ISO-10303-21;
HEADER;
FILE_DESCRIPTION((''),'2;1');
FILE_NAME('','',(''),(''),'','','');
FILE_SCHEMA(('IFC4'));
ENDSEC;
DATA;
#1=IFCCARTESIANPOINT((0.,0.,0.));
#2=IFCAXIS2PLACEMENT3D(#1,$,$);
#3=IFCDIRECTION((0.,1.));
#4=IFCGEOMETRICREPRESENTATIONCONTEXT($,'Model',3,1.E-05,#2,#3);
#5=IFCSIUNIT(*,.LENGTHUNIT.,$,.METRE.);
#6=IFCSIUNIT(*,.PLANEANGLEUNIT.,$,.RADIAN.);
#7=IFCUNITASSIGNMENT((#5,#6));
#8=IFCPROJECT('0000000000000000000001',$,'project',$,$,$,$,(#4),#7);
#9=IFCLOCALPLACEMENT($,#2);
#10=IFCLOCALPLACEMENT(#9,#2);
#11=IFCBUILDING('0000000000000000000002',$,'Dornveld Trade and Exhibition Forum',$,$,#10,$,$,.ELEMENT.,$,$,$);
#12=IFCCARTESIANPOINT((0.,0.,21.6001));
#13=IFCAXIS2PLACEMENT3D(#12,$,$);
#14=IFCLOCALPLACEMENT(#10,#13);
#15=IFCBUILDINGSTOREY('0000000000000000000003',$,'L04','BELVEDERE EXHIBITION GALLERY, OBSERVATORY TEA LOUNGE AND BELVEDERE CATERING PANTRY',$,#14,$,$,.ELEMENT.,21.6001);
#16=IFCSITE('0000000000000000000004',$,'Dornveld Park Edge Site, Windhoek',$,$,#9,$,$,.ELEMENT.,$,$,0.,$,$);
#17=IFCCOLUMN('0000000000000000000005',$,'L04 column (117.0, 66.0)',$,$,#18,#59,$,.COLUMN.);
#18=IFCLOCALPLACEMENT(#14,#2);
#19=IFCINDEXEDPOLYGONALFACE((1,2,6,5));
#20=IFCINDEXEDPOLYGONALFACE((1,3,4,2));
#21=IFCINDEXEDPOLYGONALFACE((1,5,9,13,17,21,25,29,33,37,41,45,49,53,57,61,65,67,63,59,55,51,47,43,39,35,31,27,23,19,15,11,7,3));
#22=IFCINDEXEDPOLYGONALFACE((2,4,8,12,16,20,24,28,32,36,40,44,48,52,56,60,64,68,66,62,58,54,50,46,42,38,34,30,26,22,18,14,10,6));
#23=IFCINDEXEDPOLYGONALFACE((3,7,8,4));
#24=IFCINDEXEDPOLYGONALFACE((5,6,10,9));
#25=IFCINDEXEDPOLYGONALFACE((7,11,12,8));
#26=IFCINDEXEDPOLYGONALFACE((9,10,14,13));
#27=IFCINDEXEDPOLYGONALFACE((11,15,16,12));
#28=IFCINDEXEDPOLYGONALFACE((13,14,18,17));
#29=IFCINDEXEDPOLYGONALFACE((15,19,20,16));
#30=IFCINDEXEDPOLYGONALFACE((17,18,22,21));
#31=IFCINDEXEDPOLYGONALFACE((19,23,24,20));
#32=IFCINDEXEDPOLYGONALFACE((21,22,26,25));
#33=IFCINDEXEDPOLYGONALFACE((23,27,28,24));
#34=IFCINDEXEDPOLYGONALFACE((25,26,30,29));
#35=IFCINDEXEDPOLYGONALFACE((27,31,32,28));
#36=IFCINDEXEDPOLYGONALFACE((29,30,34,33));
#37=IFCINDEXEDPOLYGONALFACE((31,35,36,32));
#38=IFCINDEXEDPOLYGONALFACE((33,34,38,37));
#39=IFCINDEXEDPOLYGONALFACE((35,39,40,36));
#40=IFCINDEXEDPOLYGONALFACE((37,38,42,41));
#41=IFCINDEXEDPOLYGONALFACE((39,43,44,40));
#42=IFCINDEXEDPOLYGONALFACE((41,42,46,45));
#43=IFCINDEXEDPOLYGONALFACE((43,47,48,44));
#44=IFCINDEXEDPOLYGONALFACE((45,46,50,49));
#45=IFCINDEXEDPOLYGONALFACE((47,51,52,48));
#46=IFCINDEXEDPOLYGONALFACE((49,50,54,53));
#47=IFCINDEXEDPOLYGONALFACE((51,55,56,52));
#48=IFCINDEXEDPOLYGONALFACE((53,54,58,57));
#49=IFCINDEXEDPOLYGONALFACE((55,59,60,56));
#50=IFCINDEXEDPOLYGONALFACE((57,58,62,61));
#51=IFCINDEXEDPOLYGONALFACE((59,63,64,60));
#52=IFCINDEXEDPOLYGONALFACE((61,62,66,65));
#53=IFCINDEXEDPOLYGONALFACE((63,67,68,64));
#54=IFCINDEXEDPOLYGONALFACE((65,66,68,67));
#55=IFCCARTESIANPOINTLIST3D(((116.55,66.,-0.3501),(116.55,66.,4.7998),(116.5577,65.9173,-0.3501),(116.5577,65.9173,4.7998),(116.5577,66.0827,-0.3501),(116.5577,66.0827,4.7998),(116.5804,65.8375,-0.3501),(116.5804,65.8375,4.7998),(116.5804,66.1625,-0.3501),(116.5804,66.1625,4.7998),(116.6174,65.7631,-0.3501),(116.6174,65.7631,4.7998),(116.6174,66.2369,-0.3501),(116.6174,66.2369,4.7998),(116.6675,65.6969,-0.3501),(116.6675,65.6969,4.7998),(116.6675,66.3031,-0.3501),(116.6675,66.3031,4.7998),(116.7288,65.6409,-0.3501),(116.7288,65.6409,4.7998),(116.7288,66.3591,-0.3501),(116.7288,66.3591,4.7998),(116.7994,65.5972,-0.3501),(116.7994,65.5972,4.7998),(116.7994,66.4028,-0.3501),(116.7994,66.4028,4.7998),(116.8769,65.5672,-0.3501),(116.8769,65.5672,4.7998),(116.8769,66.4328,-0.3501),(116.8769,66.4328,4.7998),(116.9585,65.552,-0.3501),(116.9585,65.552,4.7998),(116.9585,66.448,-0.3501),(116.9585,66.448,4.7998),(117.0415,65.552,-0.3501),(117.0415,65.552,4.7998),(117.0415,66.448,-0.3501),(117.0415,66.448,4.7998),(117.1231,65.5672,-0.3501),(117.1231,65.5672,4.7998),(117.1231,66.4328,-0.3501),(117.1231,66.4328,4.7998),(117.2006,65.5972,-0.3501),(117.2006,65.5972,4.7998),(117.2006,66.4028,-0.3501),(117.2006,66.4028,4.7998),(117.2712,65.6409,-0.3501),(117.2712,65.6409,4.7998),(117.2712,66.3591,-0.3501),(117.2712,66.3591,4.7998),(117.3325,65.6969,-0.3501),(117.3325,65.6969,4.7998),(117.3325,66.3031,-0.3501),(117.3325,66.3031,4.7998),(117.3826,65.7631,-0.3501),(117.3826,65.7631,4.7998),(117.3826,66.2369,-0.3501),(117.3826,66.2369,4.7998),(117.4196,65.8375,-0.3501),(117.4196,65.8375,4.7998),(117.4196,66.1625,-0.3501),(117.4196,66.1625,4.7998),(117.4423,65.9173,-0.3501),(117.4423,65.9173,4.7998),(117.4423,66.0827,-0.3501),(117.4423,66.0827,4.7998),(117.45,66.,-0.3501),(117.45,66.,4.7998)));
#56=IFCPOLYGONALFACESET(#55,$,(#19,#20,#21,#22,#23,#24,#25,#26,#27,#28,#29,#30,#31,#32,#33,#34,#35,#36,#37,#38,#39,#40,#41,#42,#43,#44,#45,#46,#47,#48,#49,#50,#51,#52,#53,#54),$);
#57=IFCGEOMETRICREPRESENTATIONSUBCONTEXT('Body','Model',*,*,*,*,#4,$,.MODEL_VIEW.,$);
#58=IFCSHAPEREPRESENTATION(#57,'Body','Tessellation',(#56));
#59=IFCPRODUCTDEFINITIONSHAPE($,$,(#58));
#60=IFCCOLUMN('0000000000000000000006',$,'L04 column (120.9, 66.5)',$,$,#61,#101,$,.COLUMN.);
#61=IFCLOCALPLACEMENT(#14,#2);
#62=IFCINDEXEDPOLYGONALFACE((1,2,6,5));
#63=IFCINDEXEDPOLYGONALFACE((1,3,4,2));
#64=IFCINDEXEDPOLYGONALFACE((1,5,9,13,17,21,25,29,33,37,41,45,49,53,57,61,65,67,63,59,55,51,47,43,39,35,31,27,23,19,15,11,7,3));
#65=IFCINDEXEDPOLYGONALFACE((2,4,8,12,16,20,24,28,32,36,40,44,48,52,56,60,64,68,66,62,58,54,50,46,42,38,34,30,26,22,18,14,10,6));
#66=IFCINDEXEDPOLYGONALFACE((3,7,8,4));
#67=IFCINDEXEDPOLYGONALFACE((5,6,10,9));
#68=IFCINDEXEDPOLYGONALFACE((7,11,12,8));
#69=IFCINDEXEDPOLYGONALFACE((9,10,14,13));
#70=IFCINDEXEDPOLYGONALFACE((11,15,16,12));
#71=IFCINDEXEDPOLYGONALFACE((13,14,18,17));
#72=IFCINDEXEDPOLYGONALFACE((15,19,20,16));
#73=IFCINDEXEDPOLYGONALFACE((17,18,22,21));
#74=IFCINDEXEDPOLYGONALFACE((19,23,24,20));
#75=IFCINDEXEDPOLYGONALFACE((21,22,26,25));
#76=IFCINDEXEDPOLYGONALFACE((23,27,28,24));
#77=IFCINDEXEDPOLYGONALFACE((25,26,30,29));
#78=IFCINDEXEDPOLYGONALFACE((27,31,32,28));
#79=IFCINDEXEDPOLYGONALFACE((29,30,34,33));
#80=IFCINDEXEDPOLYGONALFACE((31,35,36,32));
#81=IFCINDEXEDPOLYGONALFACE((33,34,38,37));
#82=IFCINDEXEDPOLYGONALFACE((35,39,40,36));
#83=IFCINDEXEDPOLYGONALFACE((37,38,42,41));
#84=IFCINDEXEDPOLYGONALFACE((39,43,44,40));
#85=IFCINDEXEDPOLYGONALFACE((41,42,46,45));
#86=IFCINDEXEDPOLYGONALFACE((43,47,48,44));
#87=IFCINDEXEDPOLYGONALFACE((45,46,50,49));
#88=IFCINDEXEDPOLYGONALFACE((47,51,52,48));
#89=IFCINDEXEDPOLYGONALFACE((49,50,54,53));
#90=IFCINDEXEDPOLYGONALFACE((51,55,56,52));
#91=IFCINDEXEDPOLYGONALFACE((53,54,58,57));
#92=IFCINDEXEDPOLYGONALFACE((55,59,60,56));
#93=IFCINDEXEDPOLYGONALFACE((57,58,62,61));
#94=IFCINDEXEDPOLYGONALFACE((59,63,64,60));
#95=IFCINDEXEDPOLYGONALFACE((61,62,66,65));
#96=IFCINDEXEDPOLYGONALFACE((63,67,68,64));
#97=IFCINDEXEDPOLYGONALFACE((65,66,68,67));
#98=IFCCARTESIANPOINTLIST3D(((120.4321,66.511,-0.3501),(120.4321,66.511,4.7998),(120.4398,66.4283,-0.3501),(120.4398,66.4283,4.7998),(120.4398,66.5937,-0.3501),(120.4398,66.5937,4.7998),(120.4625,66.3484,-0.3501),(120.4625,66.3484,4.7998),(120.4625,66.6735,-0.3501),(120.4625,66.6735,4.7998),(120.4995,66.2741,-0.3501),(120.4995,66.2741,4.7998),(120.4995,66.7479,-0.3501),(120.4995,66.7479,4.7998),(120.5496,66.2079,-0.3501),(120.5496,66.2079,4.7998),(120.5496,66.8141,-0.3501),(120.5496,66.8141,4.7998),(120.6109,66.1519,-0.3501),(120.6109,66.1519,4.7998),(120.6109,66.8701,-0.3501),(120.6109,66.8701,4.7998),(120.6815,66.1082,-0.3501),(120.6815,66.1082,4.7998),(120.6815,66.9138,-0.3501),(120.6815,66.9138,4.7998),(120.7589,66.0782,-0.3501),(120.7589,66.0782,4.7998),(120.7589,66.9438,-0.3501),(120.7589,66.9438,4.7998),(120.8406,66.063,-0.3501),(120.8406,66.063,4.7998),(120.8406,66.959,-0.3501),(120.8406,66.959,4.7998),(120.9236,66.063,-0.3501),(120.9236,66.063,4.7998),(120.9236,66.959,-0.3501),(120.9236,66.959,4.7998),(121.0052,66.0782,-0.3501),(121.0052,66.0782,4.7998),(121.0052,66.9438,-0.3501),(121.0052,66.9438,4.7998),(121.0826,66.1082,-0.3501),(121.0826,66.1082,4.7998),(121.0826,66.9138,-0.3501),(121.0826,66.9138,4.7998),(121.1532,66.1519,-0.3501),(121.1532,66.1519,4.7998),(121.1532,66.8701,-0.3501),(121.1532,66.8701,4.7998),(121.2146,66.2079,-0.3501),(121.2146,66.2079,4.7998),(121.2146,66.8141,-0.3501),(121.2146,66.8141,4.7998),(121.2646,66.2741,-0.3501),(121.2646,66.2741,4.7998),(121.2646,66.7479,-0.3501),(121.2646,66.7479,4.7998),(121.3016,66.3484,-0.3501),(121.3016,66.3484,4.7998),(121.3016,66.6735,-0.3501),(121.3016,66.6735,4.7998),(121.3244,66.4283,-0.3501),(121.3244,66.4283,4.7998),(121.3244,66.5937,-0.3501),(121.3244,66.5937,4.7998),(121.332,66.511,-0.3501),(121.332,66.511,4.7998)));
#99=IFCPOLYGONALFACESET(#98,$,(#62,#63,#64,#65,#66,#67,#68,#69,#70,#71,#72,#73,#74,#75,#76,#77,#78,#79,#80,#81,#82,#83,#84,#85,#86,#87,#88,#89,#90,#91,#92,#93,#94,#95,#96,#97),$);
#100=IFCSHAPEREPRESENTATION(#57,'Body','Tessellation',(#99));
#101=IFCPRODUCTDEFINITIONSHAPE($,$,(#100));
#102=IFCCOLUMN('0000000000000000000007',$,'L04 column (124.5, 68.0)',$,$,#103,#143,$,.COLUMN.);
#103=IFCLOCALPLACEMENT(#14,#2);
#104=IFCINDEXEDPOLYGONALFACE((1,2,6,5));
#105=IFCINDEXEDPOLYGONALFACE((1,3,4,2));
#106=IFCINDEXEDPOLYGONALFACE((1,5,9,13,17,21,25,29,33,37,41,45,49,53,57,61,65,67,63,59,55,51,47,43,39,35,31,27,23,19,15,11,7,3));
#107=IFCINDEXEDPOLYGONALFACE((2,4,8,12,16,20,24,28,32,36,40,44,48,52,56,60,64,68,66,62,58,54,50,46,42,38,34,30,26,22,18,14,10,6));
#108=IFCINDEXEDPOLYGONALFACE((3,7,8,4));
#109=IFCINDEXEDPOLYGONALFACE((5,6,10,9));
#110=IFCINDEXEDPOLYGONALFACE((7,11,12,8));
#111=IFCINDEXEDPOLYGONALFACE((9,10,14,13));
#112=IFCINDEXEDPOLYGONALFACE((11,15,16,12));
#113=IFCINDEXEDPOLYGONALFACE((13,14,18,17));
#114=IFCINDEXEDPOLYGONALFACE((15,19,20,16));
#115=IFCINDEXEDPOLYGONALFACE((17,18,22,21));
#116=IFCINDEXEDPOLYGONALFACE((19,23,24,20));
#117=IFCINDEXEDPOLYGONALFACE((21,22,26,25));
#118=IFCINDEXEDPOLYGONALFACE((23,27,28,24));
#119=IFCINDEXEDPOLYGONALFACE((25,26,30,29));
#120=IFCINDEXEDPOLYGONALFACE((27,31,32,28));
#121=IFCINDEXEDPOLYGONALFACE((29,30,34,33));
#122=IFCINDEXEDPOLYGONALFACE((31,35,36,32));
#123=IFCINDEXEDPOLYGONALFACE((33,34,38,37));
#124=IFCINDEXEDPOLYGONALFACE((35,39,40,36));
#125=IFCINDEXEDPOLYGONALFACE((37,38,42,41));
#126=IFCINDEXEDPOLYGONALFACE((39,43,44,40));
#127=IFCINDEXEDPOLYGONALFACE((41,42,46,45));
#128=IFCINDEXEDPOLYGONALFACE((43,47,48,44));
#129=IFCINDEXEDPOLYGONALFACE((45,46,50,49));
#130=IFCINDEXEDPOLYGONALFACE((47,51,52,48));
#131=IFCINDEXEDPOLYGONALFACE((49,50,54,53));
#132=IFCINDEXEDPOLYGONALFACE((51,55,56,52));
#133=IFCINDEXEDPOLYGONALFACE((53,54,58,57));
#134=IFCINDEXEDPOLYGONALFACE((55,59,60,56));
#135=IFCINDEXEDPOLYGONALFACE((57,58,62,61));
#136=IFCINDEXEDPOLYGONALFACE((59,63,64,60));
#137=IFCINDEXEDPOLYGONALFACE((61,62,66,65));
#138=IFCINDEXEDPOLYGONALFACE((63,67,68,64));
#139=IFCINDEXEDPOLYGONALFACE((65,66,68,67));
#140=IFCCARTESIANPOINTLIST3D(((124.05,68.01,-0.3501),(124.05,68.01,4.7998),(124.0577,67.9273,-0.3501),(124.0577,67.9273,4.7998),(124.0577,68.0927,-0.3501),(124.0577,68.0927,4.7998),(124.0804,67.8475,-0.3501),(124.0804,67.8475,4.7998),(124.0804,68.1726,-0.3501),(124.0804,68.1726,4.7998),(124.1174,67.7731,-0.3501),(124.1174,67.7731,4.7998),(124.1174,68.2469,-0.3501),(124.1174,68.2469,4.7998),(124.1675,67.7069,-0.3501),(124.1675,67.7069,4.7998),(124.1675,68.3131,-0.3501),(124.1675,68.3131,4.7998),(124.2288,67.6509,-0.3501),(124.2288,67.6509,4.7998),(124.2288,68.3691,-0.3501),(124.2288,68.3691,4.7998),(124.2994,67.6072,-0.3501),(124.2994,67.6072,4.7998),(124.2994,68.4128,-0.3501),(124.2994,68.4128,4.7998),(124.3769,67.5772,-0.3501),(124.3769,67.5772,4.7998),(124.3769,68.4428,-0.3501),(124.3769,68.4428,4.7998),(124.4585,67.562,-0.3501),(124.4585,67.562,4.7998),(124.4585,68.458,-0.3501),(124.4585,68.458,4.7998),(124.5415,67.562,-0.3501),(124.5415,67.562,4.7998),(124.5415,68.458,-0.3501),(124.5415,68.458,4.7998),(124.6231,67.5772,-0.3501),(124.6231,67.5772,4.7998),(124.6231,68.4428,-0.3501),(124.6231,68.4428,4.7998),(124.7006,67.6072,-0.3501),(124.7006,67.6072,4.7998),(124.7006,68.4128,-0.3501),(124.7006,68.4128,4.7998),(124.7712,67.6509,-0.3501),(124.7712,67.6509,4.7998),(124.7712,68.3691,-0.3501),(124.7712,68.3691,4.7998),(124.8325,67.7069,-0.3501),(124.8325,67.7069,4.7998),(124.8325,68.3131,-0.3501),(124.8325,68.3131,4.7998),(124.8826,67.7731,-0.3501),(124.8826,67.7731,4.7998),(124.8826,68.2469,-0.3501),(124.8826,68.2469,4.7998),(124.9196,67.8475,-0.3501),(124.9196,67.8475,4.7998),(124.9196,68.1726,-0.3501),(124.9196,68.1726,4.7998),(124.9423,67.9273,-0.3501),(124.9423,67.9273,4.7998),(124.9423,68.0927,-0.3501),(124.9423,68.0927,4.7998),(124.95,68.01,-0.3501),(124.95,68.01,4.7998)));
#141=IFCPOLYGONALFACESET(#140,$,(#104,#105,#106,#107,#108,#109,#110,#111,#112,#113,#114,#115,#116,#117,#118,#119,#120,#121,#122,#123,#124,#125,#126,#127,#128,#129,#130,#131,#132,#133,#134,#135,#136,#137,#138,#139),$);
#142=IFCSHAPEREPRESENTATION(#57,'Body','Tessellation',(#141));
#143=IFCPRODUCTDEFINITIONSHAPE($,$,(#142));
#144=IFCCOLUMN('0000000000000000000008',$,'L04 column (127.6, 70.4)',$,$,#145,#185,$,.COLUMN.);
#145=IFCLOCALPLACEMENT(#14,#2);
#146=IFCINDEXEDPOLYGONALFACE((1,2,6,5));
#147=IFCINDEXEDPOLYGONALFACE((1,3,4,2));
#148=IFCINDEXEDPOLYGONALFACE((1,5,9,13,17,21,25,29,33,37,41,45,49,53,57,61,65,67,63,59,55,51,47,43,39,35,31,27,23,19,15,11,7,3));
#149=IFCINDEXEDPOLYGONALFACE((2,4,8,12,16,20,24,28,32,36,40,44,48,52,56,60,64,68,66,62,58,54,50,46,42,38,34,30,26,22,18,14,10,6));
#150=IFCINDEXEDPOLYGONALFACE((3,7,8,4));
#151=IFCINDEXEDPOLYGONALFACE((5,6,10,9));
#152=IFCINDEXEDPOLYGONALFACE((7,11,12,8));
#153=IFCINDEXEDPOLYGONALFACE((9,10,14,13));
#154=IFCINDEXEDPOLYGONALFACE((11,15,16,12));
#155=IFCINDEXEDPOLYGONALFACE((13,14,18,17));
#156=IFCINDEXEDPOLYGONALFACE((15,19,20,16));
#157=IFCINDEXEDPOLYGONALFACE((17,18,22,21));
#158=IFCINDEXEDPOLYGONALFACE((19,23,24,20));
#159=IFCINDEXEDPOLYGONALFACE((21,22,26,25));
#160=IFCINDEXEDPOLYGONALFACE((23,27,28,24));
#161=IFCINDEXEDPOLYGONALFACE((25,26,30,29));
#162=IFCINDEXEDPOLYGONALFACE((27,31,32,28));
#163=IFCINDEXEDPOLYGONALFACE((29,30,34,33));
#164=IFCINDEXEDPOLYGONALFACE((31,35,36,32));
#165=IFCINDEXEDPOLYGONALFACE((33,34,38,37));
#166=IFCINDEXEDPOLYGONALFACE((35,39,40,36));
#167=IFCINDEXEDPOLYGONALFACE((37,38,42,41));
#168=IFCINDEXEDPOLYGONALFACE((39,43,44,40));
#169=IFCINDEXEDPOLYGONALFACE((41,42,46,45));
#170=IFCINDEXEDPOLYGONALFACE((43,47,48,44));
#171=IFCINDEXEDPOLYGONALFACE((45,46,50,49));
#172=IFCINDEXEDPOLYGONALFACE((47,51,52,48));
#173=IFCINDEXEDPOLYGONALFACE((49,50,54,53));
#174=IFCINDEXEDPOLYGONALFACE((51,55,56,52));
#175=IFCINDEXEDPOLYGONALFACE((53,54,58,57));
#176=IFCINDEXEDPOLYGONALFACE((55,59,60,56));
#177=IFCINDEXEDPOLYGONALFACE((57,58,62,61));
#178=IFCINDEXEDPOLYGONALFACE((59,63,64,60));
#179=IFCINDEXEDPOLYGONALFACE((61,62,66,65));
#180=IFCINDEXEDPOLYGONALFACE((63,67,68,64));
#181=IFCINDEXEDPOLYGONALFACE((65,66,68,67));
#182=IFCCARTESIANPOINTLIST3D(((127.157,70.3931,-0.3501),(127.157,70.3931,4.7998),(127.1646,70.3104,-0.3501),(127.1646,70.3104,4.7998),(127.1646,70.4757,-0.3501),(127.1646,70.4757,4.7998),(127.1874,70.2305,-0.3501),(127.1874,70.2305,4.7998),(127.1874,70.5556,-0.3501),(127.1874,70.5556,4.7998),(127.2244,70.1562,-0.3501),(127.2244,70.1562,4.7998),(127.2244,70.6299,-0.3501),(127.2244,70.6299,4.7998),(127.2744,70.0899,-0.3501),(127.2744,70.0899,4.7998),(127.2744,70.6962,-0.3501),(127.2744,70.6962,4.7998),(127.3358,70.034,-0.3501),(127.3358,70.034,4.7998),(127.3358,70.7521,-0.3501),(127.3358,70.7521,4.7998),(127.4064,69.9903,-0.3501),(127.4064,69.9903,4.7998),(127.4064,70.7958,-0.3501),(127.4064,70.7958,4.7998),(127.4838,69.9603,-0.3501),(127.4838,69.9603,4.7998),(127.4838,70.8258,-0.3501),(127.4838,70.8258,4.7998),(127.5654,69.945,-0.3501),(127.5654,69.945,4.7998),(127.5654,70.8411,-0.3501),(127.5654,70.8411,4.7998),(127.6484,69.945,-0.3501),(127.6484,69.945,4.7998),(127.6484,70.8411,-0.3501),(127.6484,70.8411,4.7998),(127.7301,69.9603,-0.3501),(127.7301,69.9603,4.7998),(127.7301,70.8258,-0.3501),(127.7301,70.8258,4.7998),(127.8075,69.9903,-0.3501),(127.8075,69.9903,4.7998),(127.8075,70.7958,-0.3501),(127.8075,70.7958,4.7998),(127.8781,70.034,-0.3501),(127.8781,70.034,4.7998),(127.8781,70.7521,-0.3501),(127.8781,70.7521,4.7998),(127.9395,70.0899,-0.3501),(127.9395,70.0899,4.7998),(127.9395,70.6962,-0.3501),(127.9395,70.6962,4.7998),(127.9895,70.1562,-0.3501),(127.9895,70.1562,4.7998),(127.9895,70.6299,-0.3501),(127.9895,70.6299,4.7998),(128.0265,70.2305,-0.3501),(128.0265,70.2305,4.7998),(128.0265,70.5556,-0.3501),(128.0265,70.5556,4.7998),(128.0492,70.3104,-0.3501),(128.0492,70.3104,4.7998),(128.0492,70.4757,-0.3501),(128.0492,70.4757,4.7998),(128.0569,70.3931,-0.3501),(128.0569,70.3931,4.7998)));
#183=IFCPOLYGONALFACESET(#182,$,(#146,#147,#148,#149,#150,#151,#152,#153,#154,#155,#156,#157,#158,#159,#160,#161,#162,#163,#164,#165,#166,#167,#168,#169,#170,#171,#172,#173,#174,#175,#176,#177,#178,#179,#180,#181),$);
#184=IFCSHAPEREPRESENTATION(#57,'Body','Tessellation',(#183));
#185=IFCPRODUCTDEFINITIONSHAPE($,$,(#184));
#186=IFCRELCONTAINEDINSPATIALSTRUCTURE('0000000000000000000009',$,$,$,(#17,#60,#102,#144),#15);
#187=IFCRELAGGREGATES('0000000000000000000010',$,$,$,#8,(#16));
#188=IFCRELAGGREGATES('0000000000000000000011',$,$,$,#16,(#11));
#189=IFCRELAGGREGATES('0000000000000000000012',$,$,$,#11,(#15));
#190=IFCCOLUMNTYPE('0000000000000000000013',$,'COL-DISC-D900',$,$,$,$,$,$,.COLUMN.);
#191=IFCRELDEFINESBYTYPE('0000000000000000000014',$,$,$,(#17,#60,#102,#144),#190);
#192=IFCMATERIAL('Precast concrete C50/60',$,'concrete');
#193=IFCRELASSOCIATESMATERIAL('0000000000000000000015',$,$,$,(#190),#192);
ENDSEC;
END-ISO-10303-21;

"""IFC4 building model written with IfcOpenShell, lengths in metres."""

from ifc_helpers import new_model, si_unit, direction, frame, origin, origin_2d, place, context, subcontext, project, spatial, circle, extrude, material, material_profile, profile_set, type_object, element, save


model = new_model("IFC4")

# Units and contexts
model_context = context("Model", 3, precision=1e-05, world=origin(), true_north=direction((0.0, 1.0)))
body_context = subcontext(model_context, "Body", "Model", "MODEL_VIEW")
ifc_project = project(units=[si_unit("LENGTHUNIT", "METRE"), si_unit("PLANEANGLEUNIT", "RADIAN")], contexts=[model_context])

# Site, building, storey
site_placement = place(None, origin())
site = spatial("IfcSite", under=ifc_project, at=site_placement, Name="Dornveld Park Edge Site, Windhoek", CompositionType="ELEMENT", RefElevation=0.0)
building_placement = place(site_placement, origin())
building = spatial("IfcBuilding", under=site, at=building_placement, Name="Dornveld Trade and Exhibition Forum", CompositionType="ELEMENT")
storey_placement = place(building_placement, frame((0.0, 0.0, 21.6001)))
storey = spatial("IfcBuildingStorey", under=building, at=storey_placement, Name="L04", Description="BELVEDERE EXHIBITION GALLERY, OBSERVATORY TEA LOUNGE AND BELVEDERE CATERING PANTRY", CompositionType="ELEMENT", Elevation=21.6001)

# Columns
ifc_material_1 = material(Name="Precast concrete C50/60", Category="concrete")
ifc_material_profile_1 = material_profile(ifc_material_1, circle(Radius=0.45, at=origin_2d()), Name="PC-COL D900")
ifc_profile_set_1 = profile_set([ifc_material_profile_1], Name="Precast concrete C50/60")
column_type_1 = type_object("IfcColumnType", Name="COL-DISC-D900", PredefinedType="COLUMN", material=ifc_profile_set_1)
for number, where, z_axis, x_axis, name in (
    (1, (117.0, 66.0, -0.3501), (0.0, 0.0, 1.0), (1.0, 0.0, 0.0), "L04 column (117.0, 66.0)"),
    (2, (120.8821, 66.511, -0.3501), (0.0, 0.0, 1.0), (1.0, 0.0, 0.0), "L04 column (120.9, 66.5)"),
    (3, (124.5, 68.01, -0.3501), (0.0, 0.0, 1.0), (1.0, 0.0, 0.0), "L04 column (124.5, 68.0)"),
    (4, (127.6069, 70.3931, -0.3501), (0.0, 0.0, 1.0), (1.0, 0.0, 0.0), "L04 column (127.6, 70.4)"),
):
    element("IfcColumn", number, at=place(storey_placement, frame(where, z_axis=z_axis, x_axis=x_axis)), inside=storey, type_object=column_type_1, Name=name, PredefinedType="COLUMN", context=body_context, shape_type="SweptSolid", body=[
        extrude(circle(Radius=0.45, at=origin_2d()), origin(), (0.0, 0.0, 1.0), 5.1499),
    ])

save(model, "model.ifc")
